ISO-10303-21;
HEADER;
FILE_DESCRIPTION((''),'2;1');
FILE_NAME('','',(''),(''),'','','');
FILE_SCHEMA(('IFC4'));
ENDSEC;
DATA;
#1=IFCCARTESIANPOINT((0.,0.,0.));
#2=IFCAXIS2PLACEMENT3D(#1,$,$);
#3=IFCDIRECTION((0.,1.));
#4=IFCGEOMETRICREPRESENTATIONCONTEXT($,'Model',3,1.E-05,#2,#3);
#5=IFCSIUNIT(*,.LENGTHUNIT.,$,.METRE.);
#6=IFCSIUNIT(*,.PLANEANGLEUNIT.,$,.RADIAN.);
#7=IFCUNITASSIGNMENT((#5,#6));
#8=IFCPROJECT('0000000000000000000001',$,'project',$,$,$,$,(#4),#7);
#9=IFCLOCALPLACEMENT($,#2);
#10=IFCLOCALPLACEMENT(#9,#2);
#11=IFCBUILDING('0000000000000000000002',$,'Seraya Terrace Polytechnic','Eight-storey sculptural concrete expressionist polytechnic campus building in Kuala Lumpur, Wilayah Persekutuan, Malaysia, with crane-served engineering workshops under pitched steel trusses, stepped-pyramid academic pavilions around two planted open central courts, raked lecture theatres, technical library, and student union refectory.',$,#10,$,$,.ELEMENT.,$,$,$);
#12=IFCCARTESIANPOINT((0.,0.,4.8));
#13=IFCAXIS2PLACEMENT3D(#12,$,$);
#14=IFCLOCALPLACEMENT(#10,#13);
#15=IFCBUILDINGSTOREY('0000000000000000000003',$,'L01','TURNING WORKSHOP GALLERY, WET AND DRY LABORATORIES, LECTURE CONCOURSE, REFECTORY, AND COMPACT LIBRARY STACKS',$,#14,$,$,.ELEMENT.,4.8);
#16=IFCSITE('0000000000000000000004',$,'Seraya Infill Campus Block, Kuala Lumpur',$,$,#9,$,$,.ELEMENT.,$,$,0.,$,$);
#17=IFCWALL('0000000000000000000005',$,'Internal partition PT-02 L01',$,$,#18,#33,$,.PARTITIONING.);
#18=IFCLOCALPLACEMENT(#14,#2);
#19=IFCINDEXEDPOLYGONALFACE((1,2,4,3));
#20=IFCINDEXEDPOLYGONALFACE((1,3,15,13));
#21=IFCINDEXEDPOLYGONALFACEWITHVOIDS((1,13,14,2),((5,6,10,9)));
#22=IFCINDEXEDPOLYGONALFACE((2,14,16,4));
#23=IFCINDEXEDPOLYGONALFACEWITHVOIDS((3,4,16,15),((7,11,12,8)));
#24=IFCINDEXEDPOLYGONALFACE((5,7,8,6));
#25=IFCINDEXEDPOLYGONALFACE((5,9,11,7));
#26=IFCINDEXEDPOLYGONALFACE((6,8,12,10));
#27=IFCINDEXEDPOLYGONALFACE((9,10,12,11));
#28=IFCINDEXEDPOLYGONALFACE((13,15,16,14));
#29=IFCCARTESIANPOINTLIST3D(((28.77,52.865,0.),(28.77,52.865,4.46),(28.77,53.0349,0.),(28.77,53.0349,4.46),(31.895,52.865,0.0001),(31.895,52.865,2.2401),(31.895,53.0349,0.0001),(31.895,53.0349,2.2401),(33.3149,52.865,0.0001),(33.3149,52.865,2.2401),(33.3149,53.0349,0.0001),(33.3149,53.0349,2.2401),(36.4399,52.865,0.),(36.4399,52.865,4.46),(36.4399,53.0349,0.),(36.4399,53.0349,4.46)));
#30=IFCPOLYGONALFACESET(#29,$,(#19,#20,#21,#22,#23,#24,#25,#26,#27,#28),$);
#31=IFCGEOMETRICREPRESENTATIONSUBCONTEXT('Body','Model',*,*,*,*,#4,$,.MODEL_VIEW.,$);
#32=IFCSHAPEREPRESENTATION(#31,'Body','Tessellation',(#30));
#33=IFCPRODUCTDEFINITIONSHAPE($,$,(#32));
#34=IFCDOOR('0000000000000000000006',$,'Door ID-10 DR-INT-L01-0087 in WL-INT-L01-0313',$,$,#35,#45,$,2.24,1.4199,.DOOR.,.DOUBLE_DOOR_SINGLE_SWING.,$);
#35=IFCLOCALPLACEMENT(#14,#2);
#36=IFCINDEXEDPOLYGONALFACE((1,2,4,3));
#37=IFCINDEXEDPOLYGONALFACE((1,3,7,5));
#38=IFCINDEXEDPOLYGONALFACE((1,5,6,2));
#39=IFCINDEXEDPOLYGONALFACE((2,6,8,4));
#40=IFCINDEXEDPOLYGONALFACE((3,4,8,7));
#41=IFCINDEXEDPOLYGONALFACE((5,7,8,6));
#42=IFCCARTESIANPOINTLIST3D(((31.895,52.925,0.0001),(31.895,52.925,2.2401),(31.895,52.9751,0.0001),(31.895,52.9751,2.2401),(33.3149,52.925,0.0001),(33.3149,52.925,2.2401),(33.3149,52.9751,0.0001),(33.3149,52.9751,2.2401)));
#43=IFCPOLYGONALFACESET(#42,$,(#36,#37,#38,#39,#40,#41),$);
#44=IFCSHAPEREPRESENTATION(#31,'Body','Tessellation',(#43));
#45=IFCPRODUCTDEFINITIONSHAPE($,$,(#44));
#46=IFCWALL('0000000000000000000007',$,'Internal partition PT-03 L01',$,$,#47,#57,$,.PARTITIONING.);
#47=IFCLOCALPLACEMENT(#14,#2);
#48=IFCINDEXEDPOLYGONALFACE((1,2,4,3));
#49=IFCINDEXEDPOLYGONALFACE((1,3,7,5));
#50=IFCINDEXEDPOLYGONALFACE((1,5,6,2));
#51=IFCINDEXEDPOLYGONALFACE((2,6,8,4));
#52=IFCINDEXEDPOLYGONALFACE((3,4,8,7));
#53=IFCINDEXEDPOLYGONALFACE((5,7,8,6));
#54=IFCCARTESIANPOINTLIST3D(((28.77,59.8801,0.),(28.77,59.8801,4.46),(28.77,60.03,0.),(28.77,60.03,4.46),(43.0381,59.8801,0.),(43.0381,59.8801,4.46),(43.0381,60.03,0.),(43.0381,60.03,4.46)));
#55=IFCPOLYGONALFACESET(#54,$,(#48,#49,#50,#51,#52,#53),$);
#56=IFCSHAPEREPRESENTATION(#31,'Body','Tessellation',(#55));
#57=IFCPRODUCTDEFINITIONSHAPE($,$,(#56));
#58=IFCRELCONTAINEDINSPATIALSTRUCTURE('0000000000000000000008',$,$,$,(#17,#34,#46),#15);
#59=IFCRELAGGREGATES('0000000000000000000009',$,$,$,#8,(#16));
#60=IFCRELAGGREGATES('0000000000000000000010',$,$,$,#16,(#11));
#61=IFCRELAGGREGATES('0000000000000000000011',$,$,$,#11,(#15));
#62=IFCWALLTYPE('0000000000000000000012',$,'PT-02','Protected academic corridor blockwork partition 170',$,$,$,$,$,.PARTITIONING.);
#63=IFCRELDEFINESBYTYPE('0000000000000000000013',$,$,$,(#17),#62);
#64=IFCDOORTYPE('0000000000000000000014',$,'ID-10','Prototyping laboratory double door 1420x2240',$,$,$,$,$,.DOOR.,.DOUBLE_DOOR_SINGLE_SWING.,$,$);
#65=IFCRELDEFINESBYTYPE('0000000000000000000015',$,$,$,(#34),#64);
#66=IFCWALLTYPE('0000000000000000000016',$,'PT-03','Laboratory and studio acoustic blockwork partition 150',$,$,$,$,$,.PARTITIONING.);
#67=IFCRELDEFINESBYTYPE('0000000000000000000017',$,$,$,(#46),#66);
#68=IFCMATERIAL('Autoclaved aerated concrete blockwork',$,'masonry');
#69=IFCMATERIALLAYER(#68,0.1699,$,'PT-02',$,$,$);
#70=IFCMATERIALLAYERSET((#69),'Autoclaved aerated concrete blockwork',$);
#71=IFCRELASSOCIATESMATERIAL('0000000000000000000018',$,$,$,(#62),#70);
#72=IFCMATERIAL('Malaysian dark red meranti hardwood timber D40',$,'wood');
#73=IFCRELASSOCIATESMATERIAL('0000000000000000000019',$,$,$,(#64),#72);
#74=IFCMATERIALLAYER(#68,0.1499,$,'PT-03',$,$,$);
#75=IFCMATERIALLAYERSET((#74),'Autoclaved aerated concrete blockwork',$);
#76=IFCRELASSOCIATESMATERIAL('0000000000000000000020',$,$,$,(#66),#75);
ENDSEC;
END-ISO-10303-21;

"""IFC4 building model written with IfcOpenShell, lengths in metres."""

from ifc_helpers import new_model, si_unit, direction, frame, frame_2d, origin, place, context, subcontext, project, spatial, rectangle, extrude, material, layer, layer_set, type_object, element, fill, save


model = new_model("IFC4")

# Units and contexts
model_context = context("Model", 3, precision=1e-05, world=origin(), true_north=direction((0.0, 1.0)))
body_context = subcontext(model_context, "Body", "Model", "MODEL_VIEW")
ifc_project = project(units=[si_unit("LENGTHUNIT", "METRE"), si_unit("PLANEANGLEUNIT", "RADIAN")], contexts=[model_context])

# Site, building, storey
site_placement = place(None, origin())
site = spatial("IfcSite", under=ifc_project, at=site_placement, Name="Seraya Infill Campus Block, Kuala Lumpur", CompositionType="ELEMENT", RefElevation=0.0)
building_placement = place(site_placement, origin())
building = spatial("IfcBuilding", under=site, at=building_placement, Name="Seraya Terrace Polytechnic", Description="Eight-storey sculptural concrete expressionist polytechnic campus building in Kuala Lumpur, Wilayah Persekutuan, Malaysia, with crane-served engineering workshops under pitched steel trusses, stepped-pyramid academic pavilions around two planted open central courts, raked lecture theatres, technical library, and student union refectory.", CompositionType="ELEMENT")
storey_placement = place(building_placement, frame((0.0, 0.0, 4.8)))
storey = spatial("IfcBuildingStorey", under=building, at=storey_placement, Name="L01", Description="TURNING WORKSHOP GALLERY, WET AND DRY LABORATORIES, LECTURE CONCOURSE, REFECTORY, AND COMPACT LIBRARY STACKS", CompositionType="ELEMENT", Elevation=4.8)

# Shared definitions
ifc_material_1 = material(Name="Autoclaved aerated concrete blockwork", Category="masonry")
ifc_layer_1 = layer(ifc_material_1, 0.1699, Name="PT-02")
ifc_layer_set_1 = layer_set([ifc_layer_1], Name="Autoclaved aerated concrete blockwork")
wall_type_1 = type_object("IfcWallType", Name="PT-02", Description="Protected academic corridor blockwork partition 170", PredefinedType="PARTITIONING", material=ifc_layer_set_1)

# Wall, opening, door
wall_1_placement = place(storey_placement, frame((28.77, 52.95, 0.0), z_axis=(0.0, 0.0, 1.0), x_axis=(1.0, 0.0, 0.0)))
wall_1 = element("IfcWall", 1, at=wall_1_placement, inside=storey, type_object=wall_type_1, Name="Internal partition PT-02 L01", PredefinedType="PARTITIONING", context=body_context, shape_type="SweptSolid", body=[
    extrude(rectangle(XDim=7.6699, YDim=0.1699, at=frame_2d((3.835, 0.0))), origin(), (0.0, 0.0, 1.0), 4.46),
])
opening_placement = place(wall_1_placement, frame((3.125, 0.0, 0.0)))
opening = element("IfcOpeningElement", 2, at=opening_placement, cuts=wall_1, PredefinedType="OPENING", context=body_context, shape_type="SweptSolid", body=[
    extrude(rectangle(XDim=1.4199, YDim=2.24, at=frame_2d((0.71, 1.1201))), frame((0.0, 0.0969, 0.0), z_axis=(0.0, -1.0, 0.0), x_axis=(1.0, 0.0, 0.0)), (0.0, 0.0, 1.0), 0.1938),
])
ifc_material_2 = material(Name="Malaysian dark red meranti hardwood timber D40", Category="wood")
door_type = type_object("IfcDoorType", Name="ID-10", Description="Prototyping laboratory double door 1420x2240", OperationType="DOUBLE_DOOR_SINGLE_SWING", PredefinedType="DOOR", material=ifc_material_2)
door_placement = place(opening_placement, frame((1.4199, 0.0, 0.0), z_axis=(0.0, 0.0, 1.0), x_axis=(-1.0, 0.0, 0.0)))
door = element("IfcDoor", 3, at=door_placement, inside=storey, type_object=door_type, Name="Door ID-10 DR-INT-L01-0087 in WL-INT-L01-0313", OperationType="DOUBLE_DOOR_SINGLE_SWING", OverallHeight=2.24, OverallWidth=1.4199, PredefinedType="DOOR", context=body_context, shape_type="SweptSolid", body=[
    extrude(rectangle(XDim=1.4199, YDim=2.24, at=frame_2d((0.71, 1.1201))), frame((0.0, 0.0249, 0.0), z_axis=(0.0, -1.0, 0.0), x_axis=(1.0, 0.0, 0.0)), (0.0, 0.0, 1.0), 0.05),
])
fill(opening, door)

# Wall
ifc_layer_2 = layer(ifc_material_1, 0.1499, Name="PT-03")
ifc_layer_set_2 = layer_set([ifc_layer_2], Name="Autoclaved aerated concrete blockwork")
wall_type_2 = type_object("IfcWallType", Name="PT-03", Description="Laboratory and studio acoustic blockwork partition 150", PredefinedType="PARTITIONING", material=ifc_layer_set_2)
wall_2_placement = place(storey_placement, frame((28.77, 59.9551, 0.0), z_axis=(0.0, 0.0, 1.0), x_axis=(1.0, 0.0, 0.0)))
element("IfcWall", 4, at=wall_2_placement, inside=storey, type_object=wall_type_2, Name="Internal partition PT-03 L01", PredefinedType="PARTITIONING", context=body_context, shape_type="SweptSolid", body=[
    extrude(rectangle(XDim=14.2681, YDim=0.1499, at=frame_2d((7.134, 0.0))), origin(), (0.0, 0.0, 1.0), 4.46),
])

save(model, "model.ifc")
